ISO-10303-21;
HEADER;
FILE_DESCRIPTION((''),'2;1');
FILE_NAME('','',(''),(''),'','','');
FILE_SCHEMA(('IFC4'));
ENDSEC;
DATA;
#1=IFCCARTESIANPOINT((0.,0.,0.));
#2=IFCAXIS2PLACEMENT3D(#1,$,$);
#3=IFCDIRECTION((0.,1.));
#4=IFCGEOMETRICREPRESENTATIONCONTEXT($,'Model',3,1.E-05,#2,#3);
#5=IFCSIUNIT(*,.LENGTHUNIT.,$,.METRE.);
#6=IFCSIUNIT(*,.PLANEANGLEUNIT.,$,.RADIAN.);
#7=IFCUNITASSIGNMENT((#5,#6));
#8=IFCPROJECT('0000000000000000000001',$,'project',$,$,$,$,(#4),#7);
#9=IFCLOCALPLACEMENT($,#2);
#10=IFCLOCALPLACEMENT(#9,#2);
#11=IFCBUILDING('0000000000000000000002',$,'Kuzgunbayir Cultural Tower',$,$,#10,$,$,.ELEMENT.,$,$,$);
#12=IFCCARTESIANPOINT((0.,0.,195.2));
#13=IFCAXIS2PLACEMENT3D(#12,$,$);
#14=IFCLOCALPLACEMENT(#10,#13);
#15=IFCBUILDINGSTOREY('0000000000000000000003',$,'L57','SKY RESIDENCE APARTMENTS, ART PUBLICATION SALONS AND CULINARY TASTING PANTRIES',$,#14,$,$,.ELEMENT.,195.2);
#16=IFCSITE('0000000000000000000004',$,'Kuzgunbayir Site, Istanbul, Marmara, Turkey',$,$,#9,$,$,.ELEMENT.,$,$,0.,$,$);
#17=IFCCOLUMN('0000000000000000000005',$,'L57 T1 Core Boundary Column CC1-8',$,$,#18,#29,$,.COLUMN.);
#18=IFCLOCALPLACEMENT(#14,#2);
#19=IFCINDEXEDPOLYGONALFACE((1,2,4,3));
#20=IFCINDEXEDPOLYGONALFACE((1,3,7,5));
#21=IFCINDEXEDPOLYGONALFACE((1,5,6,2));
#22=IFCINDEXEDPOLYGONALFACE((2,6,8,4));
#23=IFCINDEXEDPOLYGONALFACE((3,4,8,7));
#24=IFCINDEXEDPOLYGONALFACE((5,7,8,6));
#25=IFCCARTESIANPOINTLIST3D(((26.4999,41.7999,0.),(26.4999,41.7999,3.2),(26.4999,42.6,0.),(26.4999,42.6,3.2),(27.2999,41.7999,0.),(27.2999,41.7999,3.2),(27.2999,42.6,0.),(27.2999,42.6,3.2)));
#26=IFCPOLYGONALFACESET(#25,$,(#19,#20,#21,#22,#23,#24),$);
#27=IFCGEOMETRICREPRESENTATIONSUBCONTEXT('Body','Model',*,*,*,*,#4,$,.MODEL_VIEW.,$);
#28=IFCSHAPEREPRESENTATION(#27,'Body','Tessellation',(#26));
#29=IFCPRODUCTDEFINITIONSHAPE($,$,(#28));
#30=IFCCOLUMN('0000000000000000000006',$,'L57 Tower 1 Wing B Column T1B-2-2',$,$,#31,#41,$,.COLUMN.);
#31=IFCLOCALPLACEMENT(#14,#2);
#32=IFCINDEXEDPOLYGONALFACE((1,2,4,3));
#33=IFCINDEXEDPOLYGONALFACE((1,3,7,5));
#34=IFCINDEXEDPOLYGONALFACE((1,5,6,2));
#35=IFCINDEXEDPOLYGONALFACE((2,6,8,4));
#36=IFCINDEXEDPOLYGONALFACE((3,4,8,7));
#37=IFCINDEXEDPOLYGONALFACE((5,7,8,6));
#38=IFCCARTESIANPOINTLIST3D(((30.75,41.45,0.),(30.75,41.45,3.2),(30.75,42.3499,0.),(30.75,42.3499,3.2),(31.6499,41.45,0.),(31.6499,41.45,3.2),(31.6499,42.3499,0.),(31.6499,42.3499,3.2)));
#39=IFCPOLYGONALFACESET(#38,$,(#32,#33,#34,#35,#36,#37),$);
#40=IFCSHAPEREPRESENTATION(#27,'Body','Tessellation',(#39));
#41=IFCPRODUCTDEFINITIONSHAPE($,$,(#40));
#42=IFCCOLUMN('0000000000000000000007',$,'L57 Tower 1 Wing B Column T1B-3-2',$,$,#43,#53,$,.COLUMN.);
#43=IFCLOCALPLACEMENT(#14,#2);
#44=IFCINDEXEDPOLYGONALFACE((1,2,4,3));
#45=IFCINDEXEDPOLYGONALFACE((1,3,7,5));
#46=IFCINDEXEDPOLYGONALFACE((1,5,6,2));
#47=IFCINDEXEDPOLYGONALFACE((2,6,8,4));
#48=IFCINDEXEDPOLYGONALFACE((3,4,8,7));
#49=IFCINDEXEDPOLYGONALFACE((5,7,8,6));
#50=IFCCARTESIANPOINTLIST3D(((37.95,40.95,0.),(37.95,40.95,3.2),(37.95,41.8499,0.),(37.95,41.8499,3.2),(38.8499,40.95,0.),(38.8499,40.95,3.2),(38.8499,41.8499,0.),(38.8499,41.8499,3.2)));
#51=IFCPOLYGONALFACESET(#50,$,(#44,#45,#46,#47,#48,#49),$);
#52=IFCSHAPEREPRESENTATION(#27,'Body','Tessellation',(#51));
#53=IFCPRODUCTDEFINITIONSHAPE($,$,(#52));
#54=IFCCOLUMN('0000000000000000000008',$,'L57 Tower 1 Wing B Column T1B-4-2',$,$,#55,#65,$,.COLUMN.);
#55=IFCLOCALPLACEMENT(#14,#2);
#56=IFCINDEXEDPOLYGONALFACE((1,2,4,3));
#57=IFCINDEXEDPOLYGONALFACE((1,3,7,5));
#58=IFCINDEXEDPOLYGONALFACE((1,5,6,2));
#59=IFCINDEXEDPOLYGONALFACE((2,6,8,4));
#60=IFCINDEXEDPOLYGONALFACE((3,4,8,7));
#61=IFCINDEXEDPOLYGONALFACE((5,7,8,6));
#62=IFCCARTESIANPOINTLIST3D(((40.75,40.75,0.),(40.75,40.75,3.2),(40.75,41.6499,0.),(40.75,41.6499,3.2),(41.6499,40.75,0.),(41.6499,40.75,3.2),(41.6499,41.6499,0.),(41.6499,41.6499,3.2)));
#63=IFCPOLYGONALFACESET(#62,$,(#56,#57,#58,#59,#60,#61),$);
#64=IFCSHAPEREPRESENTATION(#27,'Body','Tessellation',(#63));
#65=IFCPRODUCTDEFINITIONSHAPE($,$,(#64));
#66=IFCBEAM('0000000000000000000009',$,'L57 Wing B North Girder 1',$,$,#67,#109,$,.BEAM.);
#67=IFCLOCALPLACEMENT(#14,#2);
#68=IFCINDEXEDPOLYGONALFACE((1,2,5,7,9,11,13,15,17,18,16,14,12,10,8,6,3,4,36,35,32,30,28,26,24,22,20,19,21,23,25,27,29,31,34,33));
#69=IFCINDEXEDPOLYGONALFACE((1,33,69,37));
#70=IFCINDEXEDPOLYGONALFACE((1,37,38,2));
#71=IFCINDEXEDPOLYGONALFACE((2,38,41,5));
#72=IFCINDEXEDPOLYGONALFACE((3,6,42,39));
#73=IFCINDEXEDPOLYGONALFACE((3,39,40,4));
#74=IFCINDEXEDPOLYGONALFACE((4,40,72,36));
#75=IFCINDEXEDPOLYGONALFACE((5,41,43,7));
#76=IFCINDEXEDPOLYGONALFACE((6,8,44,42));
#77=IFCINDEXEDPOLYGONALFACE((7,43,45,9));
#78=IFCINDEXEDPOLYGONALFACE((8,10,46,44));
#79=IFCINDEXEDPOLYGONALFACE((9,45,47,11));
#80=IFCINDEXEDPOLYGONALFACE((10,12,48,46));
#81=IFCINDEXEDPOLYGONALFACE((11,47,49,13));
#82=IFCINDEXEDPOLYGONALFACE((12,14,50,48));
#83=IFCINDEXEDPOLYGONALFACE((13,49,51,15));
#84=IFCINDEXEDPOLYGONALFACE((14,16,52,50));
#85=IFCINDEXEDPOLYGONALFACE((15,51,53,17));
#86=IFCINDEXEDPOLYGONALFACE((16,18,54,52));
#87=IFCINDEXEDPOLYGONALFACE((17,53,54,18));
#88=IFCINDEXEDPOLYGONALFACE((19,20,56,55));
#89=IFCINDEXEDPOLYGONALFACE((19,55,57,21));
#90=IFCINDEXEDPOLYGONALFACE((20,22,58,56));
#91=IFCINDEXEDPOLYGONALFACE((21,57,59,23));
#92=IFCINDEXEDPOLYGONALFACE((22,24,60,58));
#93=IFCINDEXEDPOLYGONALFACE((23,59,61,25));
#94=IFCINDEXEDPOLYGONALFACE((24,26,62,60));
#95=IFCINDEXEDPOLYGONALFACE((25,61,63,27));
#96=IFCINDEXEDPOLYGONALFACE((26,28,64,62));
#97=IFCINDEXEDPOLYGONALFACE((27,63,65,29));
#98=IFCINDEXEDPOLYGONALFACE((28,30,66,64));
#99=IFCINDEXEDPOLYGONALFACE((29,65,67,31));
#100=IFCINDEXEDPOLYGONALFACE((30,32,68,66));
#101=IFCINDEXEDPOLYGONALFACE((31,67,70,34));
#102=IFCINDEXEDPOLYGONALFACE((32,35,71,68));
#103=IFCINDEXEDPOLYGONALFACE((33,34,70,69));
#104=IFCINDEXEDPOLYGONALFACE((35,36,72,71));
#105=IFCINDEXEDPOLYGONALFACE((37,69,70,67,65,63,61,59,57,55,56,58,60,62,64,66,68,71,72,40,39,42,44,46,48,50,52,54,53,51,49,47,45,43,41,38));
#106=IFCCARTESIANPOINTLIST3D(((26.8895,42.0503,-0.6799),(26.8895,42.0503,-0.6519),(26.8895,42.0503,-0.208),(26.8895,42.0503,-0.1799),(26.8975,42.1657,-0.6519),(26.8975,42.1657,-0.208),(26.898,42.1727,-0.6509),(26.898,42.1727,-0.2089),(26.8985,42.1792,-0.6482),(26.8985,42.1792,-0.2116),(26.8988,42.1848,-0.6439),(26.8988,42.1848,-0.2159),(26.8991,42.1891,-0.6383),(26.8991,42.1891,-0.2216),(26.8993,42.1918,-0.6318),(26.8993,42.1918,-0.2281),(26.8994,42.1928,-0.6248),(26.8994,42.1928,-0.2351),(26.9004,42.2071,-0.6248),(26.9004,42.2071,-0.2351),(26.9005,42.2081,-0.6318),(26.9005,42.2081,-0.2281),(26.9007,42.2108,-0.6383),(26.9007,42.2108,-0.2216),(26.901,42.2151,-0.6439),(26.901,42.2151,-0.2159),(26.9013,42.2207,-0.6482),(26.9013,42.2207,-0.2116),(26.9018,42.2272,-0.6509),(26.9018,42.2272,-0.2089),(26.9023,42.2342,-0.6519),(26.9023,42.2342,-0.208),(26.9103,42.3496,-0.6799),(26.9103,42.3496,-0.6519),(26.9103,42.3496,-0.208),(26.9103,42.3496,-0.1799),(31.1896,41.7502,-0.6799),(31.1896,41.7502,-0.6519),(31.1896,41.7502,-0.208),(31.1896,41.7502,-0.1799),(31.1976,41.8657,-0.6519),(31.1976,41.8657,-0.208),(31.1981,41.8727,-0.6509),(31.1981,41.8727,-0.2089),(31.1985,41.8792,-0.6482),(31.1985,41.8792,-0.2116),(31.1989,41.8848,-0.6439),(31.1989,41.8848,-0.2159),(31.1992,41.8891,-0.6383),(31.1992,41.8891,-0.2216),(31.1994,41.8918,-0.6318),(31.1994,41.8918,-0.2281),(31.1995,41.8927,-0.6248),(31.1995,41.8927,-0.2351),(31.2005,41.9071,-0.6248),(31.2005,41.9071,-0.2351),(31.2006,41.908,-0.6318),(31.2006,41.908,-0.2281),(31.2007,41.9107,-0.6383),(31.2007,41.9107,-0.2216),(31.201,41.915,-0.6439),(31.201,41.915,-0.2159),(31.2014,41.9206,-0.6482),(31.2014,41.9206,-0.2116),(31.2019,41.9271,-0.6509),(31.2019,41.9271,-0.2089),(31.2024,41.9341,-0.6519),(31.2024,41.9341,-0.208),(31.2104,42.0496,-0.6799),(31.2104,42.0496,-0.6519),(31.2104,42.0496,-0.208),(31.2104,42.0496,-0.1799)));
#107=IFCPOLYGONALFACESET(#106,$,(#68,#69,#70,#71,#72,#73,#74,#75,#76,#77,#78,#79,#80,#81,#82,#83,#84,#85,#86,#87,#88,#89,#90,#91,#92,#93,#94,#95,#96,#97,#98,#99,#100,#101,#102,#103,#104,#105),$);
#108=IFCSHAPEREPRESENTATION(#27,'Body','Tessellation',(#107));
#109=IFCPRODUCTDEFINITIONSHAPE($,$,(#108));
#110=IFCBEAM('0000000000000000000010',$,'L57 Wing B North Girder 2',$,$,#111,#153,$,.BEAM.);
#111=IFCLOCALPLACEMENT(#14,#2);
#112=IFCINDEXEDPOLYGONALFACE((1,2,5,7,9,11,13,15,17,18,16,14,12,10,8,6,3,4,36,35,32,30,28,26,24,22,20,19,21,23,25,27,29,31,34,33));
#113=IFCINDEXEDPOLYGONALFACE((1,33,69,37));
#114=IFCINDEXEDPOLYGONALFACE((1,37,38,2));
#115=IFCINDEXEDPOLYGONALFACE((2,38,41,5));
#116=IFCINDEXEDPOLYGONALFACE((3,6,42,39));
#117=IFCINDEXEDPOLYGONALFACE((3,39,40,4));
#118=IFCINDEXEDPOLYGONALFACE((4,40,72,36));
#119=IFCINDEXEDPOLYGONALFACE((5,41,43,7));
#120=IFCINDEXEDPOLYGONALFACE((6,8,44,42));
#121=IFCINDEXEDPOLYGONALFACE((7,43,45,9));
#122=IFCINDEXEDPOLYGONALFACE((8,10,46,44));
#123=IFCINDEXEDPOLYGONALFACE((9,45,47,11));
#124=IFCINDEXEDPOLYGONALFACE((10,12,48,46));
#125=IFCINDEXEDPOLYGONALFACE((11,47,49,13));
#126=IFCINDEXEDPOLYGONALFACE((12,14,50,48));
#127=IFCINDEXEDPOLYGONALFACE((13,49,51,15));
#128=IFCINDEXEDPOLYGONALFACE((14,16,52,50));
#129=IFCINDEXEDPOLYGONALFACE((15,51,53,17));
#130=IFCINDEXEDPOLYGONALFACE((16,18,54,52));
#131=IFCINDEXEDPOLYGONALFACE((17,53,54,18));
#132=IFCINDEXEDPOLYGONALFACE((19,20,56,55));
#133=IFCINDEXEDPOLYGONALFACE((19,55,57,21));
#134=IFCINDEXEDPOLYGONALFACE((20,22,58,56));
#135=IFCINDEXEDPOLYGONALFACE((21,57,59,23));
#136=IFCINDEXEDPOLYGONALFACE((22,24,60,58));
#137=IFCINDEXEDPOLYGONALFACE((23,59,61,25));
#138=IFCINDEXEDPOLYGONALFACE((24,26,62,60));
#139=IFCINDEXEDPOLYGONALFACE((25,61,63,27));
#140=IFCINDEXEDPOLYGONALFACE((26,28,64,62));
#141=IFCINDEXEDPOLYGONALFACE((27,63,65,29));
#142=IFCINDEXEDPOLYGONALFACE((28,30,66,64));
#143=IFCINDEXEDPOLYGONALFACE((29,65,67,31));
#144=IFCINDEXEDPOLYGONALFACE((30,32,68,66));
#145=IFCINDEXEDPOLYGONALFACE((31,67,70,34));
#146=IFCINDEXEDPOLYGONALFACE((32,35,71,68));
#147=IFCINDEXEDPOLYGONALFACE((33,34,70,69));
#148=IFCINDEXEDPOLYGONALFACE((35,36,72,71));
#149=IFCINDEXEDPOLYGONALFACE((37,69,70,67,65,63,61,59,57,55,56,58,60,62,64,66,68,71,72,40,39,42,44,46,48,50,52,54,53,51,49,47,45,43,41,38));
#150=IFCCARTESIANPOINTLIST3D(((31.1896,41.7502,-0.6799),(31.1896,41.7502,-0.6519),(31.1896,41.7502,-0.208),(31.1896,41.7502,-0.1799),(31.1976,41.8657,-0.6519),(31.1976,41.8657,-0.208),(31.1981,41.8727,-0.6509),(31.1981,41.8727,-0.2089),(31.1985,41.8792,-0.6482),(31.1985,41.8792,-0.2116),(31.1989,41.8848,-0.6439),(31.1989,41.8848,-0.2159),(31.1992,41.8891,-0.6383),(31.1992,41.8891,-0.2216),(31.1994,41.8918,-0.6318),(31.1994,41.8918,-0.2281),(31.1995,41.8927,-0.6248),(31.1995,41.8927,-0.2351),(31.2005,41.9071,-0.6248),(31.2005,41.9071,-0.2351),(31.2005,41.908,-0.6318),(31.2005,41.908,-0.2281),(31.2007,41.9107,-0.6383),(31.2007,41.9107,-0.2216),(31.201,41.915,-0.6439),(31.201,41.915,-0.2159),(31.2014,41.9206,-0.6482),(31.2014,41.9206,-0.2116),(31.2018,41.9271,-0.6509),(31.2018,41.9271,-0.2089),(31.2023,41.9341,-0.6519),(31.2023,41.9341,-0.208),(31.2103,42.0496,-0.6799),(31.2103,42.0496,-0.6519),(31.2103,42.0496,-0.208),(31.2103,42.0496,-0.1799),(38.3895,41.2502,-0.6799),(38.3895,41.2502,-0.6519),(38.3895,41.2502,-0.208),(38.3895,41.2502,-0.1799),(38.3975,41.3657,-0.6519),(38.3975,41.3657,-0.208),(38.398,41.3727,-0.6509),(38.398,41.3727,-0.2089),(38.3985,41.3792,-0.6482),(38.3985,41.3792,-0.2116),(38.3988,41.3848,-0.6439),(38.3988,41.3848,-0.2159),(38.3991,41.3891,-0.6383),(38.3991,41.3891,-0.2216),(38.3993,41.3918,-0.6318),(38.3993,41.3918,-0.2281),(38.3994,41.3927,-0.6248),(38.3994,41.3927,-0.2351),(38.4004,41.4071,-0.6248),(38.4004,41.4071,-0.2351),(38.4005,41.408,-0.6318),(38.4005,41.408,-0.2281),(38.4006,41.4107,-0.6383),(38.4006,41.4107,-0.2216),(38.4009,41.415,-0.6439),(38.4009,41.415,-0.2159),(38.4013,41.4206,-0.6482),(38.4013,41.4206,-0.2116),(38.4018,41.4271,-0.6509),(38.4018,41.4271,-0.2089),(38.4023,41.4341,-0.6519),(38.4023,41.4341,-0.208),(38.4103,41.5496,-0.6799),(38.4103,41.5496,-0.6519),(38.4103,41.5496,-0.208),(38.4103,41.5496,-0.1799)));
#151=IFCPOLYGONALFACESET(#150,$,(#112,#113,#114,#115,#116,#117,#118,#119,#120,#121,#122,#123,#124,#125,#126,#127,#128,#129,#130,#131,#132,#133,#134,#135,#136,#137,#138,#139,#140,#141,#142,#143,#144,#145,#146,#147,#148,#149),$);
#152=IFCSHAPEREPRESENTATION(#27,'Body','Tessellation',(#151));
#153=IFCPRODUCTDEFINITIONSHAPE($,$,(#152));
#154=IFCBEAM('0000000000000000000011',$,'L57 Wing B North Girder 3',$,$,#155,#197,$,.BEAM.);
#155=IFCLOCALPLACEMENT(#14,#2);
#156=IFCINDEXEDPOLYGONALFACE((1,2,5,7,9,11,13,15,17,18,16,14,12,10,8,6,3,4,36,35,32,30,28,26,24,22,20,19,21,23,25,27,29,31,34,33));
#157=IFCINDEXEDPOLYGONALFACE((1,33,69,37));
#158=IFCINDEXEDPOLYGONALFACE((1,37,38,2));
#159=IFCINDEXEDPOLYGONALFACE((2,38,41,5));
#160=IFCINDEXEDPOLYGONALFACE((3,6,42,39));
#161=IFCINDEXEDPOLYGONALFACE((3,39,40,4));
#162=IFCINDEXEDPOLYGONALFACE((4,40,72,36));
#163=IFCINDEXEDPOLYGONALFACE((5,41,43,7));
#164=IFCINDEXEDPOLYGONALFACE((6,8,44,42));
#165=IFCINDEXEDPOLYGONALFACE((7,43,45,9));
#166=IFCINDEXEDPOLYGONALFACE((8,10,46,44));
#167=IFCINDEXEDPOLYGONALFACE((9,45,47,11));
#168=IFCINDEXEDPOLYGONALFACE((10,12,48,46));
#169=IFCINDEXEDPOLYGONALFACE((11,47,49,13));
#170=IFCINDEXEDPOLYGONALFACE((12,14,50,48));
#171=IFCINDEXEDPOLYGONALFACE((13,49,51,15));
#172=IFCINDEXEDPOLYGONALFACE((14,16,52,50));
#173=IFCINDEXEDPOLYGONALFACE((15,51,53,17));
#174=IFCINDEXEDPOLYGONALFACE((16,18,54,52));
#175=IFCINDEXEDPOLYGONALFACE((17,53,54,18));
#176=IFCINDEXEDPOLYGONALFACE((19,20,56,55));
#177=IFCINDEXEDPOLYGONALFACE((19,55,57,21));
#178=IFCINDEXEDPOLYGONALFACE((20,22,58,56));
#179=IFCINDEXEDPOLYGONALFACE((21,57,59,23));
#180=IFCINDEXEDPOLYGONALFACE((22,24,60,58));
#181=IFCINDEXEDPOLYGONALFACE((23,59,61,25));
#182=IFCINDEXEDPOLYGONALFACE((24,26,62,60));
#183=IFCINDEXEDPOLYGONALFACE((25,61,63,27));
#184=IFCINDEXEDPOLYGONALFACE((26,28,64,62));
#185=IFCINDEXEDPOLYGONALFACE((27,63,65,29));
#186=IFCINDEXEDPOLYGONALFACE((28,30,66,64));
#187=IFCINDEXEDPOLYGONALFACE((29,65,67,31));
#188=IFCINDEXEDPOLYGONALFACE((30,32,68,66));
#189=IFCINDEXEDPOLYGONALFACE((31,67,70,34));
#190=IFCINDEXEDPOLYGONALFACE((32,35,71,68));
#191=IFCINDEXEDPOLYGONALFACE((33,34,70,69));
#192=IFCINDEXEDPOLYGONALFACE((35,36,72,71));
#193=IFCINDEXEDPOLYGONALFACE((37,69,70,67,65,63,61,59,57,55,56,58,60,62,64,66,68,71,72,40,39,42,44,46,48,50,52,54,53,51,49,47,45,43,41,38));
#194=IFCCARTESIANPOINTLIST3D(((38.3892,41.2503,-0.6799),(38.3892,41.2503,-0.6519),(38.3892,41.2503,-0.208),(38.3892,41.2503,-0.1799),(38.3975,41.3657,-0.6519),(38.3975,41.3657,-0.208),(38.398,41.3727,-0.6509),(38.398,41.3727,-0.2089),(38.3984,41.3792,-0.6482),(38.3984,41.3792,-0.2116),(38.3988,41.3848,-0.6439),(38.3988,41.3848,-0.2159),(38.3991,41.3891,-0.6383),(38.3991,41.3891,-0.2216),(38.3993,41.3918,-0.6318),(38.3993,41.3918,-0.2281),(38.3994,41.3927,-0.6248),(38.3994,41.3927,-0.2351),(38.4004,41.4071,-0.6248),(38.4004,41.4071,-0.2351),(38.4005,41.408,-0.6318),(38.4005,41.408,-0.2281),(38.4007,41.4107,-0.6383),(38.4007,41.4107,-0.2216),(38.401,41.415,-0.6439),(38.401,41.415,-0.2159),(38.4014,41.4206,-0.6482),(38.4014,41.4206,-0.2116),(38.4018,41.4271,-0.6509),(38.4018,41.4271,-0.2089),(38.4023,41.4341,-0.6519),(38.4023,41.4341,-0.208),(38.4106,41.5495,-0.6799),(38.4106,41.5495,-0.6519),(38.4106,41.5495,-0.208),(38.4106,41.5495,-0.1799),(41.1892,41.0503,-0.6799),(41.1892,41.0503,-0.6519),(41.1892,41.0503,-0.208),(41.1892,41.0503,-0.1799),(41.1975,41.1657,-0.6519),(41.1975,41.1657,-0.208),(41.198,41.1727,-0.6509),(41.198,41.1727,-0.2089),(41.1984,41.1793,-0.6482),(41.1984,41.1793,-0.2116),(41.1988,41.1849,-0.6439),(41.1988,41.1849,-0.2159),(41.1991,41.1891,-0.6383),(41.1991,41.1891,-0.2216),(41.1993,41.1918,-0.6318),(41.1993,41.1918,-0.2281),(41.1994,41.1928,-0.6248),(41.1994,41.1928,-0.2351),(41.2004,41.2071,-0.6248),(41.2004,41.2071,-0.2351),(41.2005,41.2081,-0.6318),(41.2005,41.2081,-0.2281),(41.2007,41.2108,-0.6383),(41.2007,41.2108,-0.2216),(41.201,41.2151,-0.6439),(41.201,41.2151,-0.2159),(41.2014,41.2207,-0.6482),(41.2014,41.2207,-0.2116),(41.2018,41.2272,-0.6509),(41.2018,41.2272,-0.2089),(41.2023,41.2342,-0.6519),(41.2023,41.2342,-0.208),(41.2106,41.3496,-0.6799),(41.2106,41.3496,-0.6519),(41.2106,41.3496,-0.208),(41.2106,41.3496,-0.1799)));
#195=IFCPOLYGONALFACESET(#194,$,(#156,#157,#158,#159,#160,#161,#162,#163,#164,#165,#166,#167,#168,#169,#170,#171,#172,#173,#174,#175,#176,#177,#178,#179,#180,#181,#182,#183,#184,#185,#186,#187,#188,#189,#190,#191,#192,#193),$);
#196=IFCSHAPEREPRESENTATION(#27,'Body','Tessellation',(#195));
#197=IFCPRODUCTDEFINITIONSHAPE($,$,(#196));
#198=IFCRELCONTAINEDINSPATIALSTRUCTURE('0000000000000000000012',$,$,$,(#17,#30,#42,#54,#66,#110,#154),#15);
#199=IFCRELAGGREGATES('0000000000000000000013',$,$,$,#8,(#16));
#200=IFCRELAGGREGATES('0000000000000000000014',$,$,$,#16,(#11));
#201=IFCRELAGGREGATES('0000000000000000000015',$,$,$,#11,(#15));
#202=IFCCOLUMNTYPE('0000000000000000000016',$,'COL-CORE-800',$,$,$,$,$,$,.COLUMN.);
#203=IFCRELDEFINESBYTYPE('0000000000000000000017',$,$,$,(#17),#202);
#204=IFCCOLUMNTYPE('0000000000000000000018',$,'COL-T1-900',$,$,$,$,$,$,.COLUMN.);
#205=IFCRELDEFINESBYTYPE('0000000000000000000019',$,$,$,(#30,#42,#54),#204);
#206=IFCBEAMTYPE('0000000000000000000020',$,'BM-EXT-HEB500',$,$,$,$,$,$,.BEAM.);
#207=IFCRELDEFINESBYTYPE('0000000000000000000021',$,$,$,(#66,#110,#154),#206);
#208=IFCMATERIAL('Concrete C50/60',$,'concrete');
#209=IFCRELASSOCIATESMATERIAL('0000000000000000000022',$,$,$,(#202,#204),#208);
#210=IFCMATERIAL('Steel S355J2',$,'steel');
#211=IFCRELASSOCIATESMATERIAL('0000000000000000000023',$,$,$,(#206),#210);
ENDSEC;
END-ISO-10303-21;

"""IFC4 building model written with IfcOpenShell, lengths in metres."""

from ifc_helpers import new_model, si_unit, direction, frame, origin, origin_2d, place, context, subcontext, project, spatial, rectangle, i_section, extrude, material, material_profile, profile_set, type_object, element, save


model = new_model("IFC4")

# Units and contexts
model_context = context("Model", 3, precision=1e-05, world=origin(), true_north=direction((0.0, 1.0)))
body_context = subcontext(model_context, "Body", "Model", "MODEL_VIEW")
ifc_project = project(units=[si_unit("LENGTHUNIT", "METRE"), si_unit("PLANEANGLEUNIT", "RADIAN")], contexts=[model_context])

# Site, building, storey
site_placement = place(None, origin())
site = spatial("IfcSite", under=ifc_project, at=site_placement, Name="Kuzgunbayir Site, Istanbul, Marmara, Turkey", CompositionType="ELEMENT", RefElevation=0.0)
building_placement = place(site_placement, origin())
building = spatial("IfcBuilding", under=site, at=building_placement, Name="Kuzgunbayir Cultural Tower", CompositionType="ELEMENT")
storey_placement = place(building_placement, frame((0.0, 0.0, 195.2)))
storey = spatial("IfcBuildingStorey", under=building, at=storey_placement, Name="L57", Description="SKY RESIDENCE APARTMENTS, ART PUBLICATION SALONS AND CULINARY TASTING PANTRIES", CompositionType="ELEMENT", Elevation=195.2)

# Columns
ifc_material_1 = material(Name="Concrete C50/60", Category="concrete")
ifc_material_profile_1 = material_profile(ifc_material_1, rectangle(XDim=0.8, YDim=0.8, at=origin_2d()), Name="RC 800x800")
ifc_profile_set_1 = profile_set([ifc_material_profile_1], Name="Concrete C50/60")
column_type_1 = type_object("IfcColumnType", Name="COL-CORE-800", PredefinedType="COLUMN", material=ifc_profile_set_1)
column_placement = place(storey_placement, frame((26.8999, 42.2, 0.0), z_axis=(0.0, 0.0, 1.0), x_axis=(1.0, 0.0, 0.0)))
element("IfcColumn", 1, at=column_placement, inside=storey, type_object=column_type_1, Name="L57 T1 Core Boundary Column CC1-8", PredefinedType="COLUMN", context=body_context, shape_type="SweptSolid", body=[
    extrude(rectangle(XDim=0.8, YDim=0.8, at=origin_2d()), origin(), (0.0, 0.0, 1.0), 3.2),
])
ifc_material_profile_2 = material_profile(ifc_material_1, rectangle(XDim=0.8999, YDim=0.8999, at=origin_2d()), Name="RC 900x900")
ifc_profile_set_2 = profile_set([ifc_material_profile_2], Name="Concrete C50/60")
column_type_2 = type_object("IfcColumnType", Name="COL-T1-900", PredefinedType="COLUMN", material=ifc_profile_set_2)
for number, where, z_axis, x_axis, name in (
    (2, (31.2, 41.8999, 0.0), (0.0, 0.0, 1.0), (1.0, 0.0, 0.0), "L57 Tower 1 Wing B Column T1B-2-2"),
    (3, (38.3999, 41.3999, 0.0), (0.0, 0.0, 1.0), (1.0, 0.0, 0.0), "L57 Tower 1 Wing B Column T1B-3-2"),
    (4, (41.2, 41.2, 0.0), (0.0, 0.0, 1.0), (1.0, 0.0, 0.0), "L57 Tower 1 Wing B Column T1B-4-2"),
):
    element("IfcColumn", number, at=place(storey_placement, frame(where, z_axis=z_axis, x_axis=x_axis)), inside=storey, type_object=column_type_2, Name=name, PredefinedType="COLUMN", context=body_context, shape_type="SweptSolid", body=[
        extrude(rectangle(XDim=0.8999, YDim=0.8999, at=origin_2d()), origin(), (0.0, 0.0, 1.0), 3.2),
    ])

# Beams
ifc_material_2 = material(Name="Steel S355J2", Category="steel")
ifc_material_profile_3 = material_profile(ifc_material_2, i_section(OverallWidth=0.3, OverallDepth=0.5, WebThickness=0.0144, FlangeThickness=0.0281, FilletRadius=0.0271, at=origin_2d()), Name="HEB 500")
ifc_profile_set_3 = profile_set([ifc_material_profile_3], Name="Steel S355J2")
beam_type_1 = type_object("IfcBeamType", Name="BM-EXT-HEB500", PredefinedType="BEAM", material=ifc_profile_set_3)
beam_1_placement = place(storey_placement, frame((26.8999, 42.2, -0.4299), z_axis=(0.997574, -0.069609, 0.0), x_axis=(0.069609, 0.997574, 0.0)))
element("IfcBeam", 5, at=beam_1_placement, inside=storey, type_object=beam_type_1, Name="L57 Wing B North Girder 1", PredefinedType="BEAM", context=body_context, shape_type="SweptSolid", body=[
    extrude(i_section(OverallWidth=0.3, OverallDepth=0.5, WebThickness=0.0144, FlangeThickness=0.0281, FilletRadius=0.0271, at=origin_2d()), origin(), (0.0, 0.0, 1.0), 4.3105),
])
beam_2_placement = place(storey_placement, frame((31.2, 41.8999, -0.4299), z_axis=(0.997597, -0.069278, 0.0), x_axis=(0.069278, 0.997597, 0.0)))
element("IfcBeam", 6, at=beam_2_placement, inside=storey, type_object=beam_type_1, Name="L57 Wing B North Girder 2", PredefinedType="BEAM", context=body_context, shape_type="SweptSolid", body=[
    extrude(i_section(OverallWidth=0.3, OverallDepth=0.5, WebThickness=0.0144, FlangeThickness=0.0281, FilletRadius=0.0271, at=origin_2d()), origin(), (0.0, 0.0, 1.0), 7.2173),
])
beam_3_placement = place(storey_placement, frame((38.3999, 41.3999, -0.4299), z_axis=(0.99746, -0.071229, 0.0), x_axis=(0.071229, 0.99746, 0.0)))
element("IfcBeam", 7, at=beam_3_placement, inside=storey, type_object=beam_type_1, Name="L57 Wing B North Girder 3", PredefinedType="BEAM", context=body_context, shape_type="SweptSolid", body=[
    extrude(i_section(OverallWidth=0.3, OverallDepth=0.5, WebThickness=0.0144, FlangeThickness=0.0281, FilletRadius=0.0271, at=origin_2d()), origin(), (0.0, 0.0, 1.0), 2.8071),
])

save(model, "model.ifc")
